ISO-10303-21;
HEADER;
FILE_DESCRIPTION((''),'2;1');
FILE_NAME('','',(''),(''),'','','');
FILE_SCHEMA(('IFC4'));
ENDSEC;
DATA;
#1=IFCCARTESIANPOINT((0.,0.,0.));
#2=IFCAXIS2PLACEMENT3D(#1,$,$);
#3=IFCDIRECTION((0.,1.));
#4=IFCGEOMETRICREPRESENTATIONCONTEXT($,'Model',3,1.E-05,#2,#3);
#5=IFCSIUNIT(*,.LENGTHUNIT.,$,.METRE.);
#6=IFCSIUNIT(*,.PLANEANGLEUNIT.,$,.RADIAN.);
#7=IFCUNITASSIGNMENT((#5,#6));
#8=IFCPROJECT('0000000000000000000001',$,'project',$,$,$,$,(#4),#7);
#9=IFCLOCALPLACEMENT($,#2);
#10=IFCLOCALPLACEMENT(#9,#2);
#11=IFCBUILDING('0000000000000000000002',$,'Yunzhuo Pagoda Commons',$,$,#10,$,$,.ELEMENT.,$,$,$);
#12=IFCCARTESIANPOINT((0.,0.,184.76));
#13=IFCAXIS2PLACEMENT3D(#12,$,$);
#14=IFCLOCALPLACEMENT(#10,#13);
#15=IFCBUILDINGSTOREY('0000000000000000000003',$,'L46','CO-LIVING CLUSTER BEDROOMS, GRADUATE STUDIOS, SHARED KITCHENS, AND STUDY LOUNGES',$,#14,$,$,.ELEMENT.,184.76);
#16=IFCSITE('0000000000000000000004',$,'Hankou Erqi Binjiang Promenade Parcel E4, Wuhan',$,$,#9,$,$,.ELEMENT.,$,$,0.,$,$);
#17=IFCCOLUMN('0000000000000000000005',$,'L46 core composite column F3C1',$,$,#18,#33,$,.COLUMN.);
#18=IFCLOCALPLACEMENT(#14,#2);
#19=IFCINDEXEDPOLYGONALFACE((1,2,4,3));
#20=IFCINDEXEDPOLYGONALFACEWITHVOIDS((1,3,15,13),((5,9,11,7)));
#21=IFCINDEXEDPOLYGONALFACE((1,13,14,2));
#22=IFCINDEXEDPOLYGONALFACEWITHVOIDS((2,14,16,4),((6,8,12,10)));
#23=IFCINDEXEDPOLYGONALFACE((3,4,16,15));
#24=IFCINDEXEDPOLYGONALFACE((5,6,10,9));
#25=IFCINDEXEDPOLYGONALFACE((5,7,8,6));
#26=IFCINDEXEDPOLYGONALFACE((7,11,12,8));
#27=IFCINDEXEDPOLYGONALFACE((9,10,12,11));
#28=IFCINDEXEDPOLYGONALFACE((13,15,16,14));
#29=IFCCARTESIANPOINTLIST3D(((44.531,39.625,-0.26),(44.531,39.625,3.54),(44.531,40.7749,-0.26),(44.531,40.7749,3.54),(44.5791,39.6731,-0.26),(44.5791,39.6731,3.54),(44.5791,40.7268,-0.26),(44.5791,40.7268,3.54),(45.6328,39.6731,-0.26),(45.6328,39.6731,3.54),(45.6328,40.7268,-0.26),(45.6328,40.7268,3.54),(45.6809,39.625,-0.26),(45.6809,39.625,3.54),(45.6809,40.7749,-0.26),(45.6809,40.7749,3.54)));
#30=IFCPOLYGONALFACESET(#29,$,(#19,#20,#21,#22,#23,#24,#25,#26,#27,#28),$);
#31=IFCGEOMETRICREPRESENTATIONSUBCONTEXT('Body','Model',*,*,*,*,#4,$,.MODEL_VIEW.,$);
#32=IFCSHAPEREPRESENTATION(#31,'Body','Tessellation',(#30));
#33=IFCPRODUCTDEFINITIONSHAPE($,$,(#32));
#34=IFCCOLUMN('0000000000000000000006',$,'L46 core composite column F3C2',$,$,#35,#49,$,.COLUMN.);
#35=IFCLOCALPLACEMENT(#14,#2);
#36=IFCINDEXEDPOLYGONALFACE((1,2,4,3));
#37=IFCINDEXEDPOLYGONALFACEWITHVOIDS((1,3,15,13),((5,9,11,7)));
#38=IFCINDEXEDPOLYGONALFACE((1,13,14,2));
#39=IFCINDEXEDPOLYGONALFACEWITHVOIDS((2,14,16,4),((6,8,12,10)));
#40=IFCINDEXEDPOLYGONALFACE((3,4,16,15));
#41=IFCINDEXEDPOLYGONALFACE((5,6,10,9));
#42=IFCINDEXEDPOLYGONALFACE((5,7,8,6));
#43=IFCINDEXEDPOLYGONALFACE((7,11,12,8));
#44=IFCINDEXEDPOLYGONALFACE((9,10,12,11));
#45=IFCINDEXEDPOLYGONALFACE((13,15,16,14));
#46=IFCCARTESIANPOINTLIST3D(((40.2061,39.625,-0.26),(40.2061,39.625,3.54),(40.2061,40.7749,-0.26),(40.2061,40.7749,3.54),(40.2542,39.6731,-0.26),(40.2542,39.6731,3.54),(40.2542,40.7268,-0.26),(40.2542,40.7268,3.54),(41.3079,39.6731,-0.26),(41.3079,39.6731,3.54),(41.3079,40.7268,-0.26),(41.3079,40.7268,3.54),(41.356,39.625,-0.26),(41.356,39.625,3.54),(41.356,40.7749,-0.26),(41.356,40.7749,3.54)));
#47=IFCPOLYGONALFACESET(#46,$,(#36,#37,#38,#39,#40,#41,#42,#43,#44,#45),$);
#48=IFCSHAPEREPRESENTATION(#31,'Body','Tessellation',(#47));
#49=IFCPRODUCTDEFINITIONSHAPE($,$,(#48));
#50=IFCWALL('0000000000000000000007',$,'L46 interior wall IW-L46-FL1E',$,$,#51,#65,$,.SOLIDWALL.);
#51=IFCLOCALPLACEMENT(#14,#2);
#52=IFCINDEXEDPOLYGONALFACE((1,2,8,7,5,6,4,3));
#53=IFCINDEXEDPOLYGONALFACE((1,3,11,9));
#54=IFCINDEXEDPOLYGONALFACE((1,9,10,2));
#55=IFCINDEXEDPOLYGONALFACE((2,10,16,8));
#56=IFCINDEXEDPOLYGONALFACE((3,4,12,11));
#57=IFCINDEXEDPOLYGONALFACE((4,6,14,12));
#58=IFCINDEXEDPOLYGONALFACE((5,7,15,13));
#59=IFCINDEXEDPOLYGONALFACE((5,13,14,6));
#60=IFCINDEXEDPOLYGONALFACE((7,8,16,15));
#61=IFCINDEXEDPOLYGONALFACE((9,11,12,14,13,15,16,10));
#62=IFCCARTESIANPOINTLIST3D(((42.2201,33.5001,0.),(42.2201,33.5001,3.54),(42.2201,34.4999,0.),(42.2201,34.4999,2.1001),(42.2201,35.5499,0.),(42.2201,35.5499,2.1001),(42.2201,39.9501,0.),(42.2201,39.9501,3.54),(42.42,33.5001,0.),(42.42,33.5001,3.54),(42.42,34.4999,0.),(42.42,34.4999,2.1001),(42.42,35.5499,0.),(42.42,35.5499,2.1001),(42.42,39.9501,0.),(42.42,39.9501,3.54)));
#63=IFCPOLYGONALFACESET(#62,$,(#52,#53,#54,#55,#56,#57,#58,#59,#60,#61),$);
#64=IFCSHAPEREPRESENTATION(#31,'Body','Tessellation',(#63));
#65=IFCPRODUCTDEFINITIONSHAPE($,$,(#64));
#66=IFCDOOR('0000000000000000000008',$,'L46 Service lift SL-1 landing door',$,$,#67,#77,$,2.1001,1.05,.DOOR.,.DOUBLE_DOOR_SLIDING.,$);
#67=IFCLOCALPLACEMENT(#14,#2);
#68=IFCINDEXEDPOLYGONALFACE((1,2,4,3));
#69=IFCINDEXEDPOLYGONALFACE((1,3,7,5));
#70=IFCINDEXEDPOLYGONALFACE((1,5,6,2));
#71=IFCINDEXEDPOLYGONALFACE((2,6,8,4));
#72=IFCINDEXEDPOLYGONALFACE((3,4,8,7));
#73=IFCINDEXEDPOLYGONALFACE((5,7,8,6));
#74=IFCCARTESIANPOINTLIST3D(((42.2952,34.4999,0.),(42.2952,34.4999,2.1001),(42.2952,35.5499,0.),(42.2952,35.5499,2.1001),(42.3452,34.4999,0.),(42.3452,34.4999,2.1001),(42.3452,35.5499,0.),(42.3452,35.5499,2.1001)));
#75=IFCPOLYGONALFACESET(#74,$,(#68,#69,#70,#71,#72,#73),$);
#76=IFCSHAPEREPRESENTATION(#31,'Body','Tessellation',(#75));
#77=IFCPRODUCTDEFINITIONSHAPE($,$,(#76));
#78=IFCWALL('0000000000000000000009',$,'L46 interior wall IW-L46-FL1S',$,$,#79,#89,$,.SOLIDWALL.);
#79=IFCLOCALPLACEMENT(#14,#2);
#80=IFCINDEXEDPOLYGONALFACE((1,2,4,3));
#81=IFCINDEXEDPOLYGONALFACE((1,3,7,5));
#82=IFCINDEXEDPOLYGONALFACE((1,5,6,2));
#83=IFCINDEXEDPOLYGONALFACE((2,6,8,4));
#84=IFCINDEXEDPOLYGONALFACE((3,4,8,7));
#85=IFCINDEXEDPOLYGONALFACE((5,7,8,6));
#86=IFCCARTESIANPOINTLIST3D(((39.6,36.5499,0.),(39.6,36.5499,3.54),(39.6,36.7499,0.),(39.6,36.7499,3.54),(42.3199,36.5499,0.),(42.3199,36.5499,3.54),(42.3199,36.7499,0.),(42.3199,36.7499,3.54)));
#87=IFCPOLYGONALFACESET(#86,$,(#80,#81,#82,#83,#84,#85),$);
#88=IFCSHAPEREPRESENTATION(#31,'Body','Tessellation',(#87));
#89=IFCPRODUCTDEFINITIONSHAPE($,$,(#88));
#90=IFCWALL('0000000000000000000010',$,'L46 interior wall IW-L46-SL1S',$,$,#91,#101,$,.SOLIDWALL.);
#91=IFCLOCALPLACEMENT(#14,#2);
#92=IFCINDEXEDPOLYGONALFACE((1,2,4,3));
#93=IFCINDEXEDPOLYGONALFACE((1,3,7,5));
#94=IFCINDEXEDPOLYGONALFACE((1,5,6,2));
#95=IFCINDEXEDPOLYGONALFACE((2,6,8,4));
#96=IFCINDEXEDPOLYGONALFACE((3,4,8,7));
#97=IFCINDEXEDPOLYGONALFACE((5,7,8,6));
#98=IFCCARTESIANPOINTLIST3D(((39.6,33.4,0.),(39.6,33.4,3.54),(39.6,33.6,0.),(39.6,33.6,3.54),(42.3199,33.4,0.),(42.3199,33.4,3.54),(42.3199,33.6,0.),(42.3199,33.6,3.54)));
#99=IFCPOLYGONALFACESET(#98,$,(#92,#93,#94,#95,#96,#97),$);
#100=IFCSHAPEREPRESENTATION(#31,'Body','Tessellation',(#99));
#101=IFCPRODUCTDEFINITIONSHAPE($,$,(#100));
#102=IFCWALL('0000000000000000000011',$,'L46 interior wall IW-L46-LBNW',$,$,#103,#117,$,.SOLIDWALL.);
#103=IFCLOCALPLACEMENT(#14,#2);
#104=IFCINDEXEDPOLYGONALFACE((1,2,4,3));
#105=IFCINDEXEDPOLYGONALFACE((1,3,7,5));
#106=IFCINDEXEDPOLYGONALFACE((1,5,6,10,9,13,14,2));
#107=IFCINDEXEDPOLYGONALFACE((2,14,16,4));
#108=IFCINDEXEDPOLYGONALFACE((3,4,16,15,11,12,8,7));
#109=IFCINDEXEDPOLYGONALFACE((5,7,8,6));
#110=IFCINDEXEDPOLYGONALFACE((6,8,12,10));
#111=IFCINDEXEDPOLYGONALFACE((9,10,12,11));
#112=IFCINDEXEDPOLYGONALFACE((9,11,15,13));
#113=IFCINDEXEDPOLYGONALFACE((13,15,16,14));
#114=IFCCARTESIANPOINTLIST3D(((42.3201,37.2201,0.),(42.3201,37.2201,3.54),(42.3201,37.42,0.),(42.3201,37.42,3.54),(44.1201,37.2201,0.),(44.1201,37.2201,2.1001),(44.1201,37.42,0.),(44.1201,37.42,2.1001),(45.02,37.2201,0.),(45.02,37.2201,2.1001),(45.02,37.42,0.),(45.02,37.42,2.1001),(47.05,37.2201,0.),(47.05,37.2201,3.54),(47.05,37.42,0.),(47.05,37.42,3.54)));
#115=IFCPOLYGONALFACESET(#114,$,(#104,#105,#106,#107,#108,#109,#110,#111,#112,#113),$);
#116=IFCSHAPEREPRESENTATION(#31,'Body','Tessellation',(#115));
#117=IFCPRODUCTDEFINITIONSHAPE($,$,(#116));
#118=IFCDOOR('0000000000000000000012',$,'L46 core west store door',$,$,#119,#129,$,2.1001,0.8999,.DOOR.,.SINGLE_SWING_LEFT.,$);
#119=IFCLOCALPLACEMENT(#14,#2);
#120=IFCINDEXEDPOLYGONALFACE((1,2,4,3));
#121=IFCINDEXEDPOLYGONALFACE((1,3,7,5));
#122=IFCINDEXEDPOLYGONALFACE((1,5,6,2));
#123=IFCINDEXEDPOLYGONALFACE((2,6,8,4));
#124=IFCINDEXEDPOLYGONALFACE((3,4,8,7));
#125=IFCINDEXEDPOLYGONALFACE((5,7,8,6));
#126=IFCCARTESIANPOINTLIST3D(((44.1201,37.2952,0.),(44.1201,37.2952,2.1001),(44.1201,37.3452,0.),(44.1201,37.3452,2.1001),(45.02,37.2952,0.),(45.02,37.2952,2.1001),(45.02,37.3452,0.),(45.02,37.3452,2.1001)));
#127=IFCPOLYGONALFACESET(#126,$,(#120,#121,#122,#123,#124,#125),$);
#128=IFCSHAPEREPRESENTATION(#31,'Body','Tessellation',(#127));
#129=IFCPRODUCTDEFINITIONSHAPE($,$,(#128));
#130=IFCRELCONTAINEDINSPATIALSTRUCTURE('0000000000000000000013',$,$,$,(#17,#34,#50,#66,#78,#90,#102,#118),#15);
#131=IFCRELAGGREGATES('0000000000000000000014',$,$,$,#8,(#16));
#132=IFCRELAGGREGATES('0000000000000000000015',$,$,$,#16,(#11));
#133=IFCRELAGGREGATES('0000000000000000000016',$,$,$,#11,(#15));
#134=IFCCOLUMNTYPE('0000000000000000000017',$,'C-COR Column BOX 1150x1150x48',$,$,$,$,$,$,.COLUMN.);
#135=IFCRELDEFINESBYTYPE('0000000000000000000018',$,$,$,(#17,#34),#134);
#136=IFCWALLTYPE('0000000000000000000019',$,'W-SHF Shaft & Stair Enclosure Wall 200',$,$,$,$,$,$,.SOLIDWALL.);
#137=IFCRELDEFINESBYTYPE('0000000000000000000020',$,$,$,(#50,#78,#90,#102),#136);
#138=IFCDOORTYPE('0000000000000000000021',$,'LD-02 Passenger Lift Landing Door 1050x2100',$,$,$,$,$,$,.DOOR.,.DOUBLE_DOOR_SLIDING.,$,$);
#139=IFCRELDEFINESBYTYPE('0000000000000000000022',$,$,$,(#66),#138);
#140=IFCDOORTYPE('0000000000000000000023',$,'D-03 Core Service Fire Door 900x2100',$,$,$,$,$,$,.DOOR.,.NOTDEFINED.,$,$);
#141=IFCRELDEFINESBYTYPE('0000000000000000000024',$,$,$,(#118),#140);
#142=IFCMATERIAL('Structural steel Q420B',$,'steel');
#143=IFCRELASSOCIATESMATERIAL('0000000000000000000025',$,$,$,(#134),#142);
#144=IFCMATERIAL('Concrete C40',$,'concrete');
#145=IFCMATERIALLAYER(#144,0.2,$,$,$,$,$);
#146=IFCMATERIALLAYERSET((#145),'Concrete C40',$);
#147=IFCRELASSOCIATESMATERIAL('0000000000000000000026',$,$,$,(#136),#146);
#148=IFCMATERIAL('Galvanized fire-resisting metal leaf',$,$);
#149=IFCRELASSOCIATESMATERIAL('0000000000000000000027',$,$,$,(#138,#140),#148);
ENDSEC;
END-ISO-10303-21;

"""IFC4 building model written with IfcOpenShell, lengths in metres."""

from ifc_helpers import new_model, si_unit, direction, frame, frame_2d, origin, origin_with_axes, origin_2d, place, context, subcontext, project, spatial, rectangle, hollow_rectangle, extrude, source, transform, mapped, material, layer, layer_set, material_profile, profile_set, type_object, element, fill, save


model = new_model("IFC4")

# Units and contexts
model_context = context("Model", 3, precision=1e-05, world=origin(), true_north=direction((0.0, 1.0)))
body_context = subcontext(model_context, "Body", "Model", "MODEL_VIEW")
ifc_project = project(units=[si_unit("LENGTHUNIT", "METRE"), si_unit("PLANEANGLEUNIT", "RADIAN")], contexts=[model_context])

# Site, building, storey
site_placement = place(None, origin())
site = spatial("IfcSite", under=ifc_project, at=site_placement, Name="Hankou Erqi Binjiang Promenade Parcel E4, Wuhan", CompositionType="ELEMENT", RefElevation=0.0)
building_placement = place(site_placement, origin())
building = spatial("IfcBuilding", under=site, at=building_placement, Name="Yunzhuo Pagoda Commons", CompositionType="ELEMENT")
storey_placement = place(building_placement, frame((0.0, 0.0, 184.76)))
storey = spatial("IfcBuildingStorey", under=building, at=storey_placement, Name="L46", Description="CO-LIVING CLUSTER BEDROOMS, GRADUATE STUDIOS, SHARED KITCHENS, AND STUDY LOUNGES", CompositionType="ELEMENT", Elevation=184.76)

# Columns
ifc_material_1 = material(Name="Structural steel Q420B", Category="steel")
ifc_material_profile = material_profile(ifc_material_1, hollow_rectangle(XDim=1.1499, YDim=1.1499, WallThickness=0.0481, at=origin_2d()), Name="Structural steel Q420B")
ifc_profile_set = profile_set([ifc_material_profile], Name="Structural steel Q420B")
column_type = type_object("IfcColumnType", Name="C-COR Column BOX 1150x1150x48", PredefinedType="COLUMN", material=ifc_profile_set)
shared_shape_1 = source(origin(), body_context, "Body", "SweptSolid", [
    extrude(hollow_rectangle(XDim=1.1499, YDim=1.1499, WallThickness=0.0481, at=origin_2d()), origin(), (0.0, 0.0, 1.0), 3.8),
])
for number, where, z_axis, x_axis, name in (
    (1, (45.106, 40.2, -0.26), (0.0, 0.0, 1.0), (1.0, 0.0, 0.0), "L46 core composite column F3C1"),
    (2, (40.781, 40.2, -0.26), (0.0, 0.0, 1.0), (1.0, 0.0, 0.0), "L46 core composite column F3C2"),
):
    element("IfcColumn", number, at=place(storey_placement, frame(where, z_axis=z_axis, x_axis=x_axis)), inside=storey, type_object=column_type, Name=name, PredefinedType="COLUMN", context=body_context, shape_type="MappedRepresentation", body=[
        mapped(shared_shape_1, transform((0.0, 0.0, 0.0), scale=1.0)),
    ])

# Wall, opening, door
ifc_material_2 = material(Name="Concrete C40", Category="concrete")
ifc_layer = layer(ifc_material_2, 0.2)
ifc_layer_set = layer_set([ifc_layer], Name="Concrete C40")
wall_type = type_object("IfcWallType", Name="W-SHF Shaft & Stair Enclosure Wall 200", PredefinedType="SOLIDWALL", material=ifc_layer_set)
wall_1_placement = place(storey_placement, frame((42.3201, 33.5, 0.0), z_axis=(0.0, 0.0, 1.0), x_axis=(0.0, 1.0, 0.0)))
wall_1 = element("IfcWall", 3, at=wall_1_placement, inside=storey, type_object=wall_type, Name="L46 interior wall IW-L46-FL1E", PredefinedType="SOLIDWALL", context=body_context, shape_type="SweptSolid", body=[
    extrude(rectangle(XDim=6.45, YDim=0.2, at=frame_2d((3.2251, 0.0))), origin(), (0.0, 0.0, 1.0), 3.54),
])
opening_1_placement = place(wall_1_placement, frame((1.0, 0.0, 0.0)))
opening_1 = element("IfcOpeningElement", 4, at=opening_1_placement, cuts=wall_1, PredefinedType="OPENING", context=body_context, shape_type="SweptSolid", body=[
    extrude(rectangle(XDim=1.05, YDim=2.1001, at=frame_2d((0.5249, 1.05))), frame((0.0, 0.1099, 0.0), z_axis=(0.0, -1.0, 0.0), x_axis=(1.0, 0.0, 0.0)), (0.0, 0.0, 1.0), 0.22),
])
ifc_material_3 = material(Name="Galvanized fire-resisting metal leaf")
door_type_1 = type_object("IfcDoorType", Name="LD-02 Passenger Lift Landing Door 1050x2100", OperationType="DOUBLE_DOOR_SLIDING", PredefinedType="DOOR", material=ifc_material_3)
shared_shape_2 = source(origin(), body_context, "Body", "SweptSolid", [
    extrude(rectangle(XDim=1.05, YDim=2.1001, at=frame_2d((0.5249, 1.05))), frame((0.0, 0.0249, 0.0), z_axis=(0.0, -1.0, 0.0), x_axis=(1.0, 0.0, 0.0)), (0.0, 0.0, 1.0), 0.05),
])
door_1_placement = place(opening_1_placement, origin_with_axes())
door_1 = element("IfcDoor", 5, at=door_1_placement, inside=storey, type_object=door_type_1, Name="L46 Service lift SL-1 landing door", OperationType="DOUBLE_DOOR_SLIDING", OverallHeight=2.1001, OverallWidth=1.05, PredefinedType="DOOR", context=body_context, shape_type="MappedRepresentation", body=[
    mapped(shared_shape_2, transform((0.0, 0.0, 0.0), scale=1.0)),
])
fill(opening_1, door_1)

# Walls
for number, where, z_axis, x_axis, name in (
    (6, (39.6001, 36.6499, 0.0), (0.0, 0.0, 1.0), (1.0, 0.0, 0.0), "L46 interior wall IW-L46-FL1S"),
    (7, (39.6001, 33.5, 0.0), (0.0, 0.0, 1.0), (1.0, 0.0, 0.0), "L46 interior wall IW-L46-SL1S"),
):
    element("IfcWall", number, at=place(storey_placement, frame(where, z_axis=z_axis, x_axis=x_axis)), inside=storey, type_object=wall_type, Name=name, PredefinedType="SOLIDWALL", context=body_context, shape_type="SweptSolid", body=[
        extrude(rectangle(XDim=2.72, YDim=0.2, at=frame_2d((1.3599, 0.0))), origin(), (0.0, 0.0, 1.0), 3.54),
    ])

# Wall, opening, door
wall_2_placement = place(storey_placement, frame((42.3201, 37.3201, 0.0), z_axis=(0.0, 0.0, 1.0), x_axis=(1.0, 0.0, 0.0)))
wall_2 = element("IfcWall", 8, at=wall_2_placement, inside=storey, type_object=wall_type, Name="L46 interior wall IW-L46-LBNW", PredefinedType="SOLIDWALL", context=body_context, shape_type="SweptSolid", body=[
    extrude(rectangle(XDim=4.73, YDim=0.2, at=frame_2d((2.365, 0.0))), origin(), (0.0, 0.0, 1.0), 3.54),
])
opening_2_placement = place(wall_2_placement, frame((1.8, 0.0, 0.0)))
opening_2 = element("IfcOpeningElement", 9, at=opening_2_placement, cuts=wall_2, PredefinedType="OPENING", context=body_context, shape_type="SweptSolid", body=[
    extrude(rectangle(XDim=0.8999, YDim=2.1001, at=frame_2d((0.45, 1.05))), frame((0.0, 0.1099, 0.0), z_axis=(0.0, -1.0, 0.0), x_axis=(1.0, 0.0, 0.0)), (0.0, 0.0, 1.0), 0.22),
])
door_type_2 = type_object("IfcDoorType", Name="D-03 Core Service Fire Door 900x2100", OperationType="NOTDEFINED", PredefinedType="DOOR", material=ifc_material_3)
shared_shape_3 = source(origin(), body_context, "Body", "SweptSolid", [
    extrude(rectangle(XDim=0.8999, YDim=2.1001, at=frame_2d((0.45, 1.05))), frame((0.0, 0.0249, 0.0), z_axis=(0.0, -1.0, 0.0), x_axis=(1.0, 0.0, 0.0)), (0.0, 0.0, 1.0), 0.05),
])
door_2_placement = place(opening_2_placement, frame((0.8999, 0.0, 0.0), z_axis=(0.0, 0.0, 1.0), x_axis=(-1.0, 0.0, 0.0)))
door_2 = element("IfcDoor", 10, at=door_2_placement, inside=storey, type_object=door_type_2, Name="L46 core west store door", OperationType="SINGLE_SWING_LEFT", OverallHeight=2.1001, OverallWidth=0.8999, PredefinedType="DOOR", context=body_context, shape_type="MappedRepresentation", body=[
    mapped(shared_shape_3, transform((0.0, 0.0, 0.0), scale=1.0)),
])
fill(opening_2, door_2)

save(model, "model.ifc")
